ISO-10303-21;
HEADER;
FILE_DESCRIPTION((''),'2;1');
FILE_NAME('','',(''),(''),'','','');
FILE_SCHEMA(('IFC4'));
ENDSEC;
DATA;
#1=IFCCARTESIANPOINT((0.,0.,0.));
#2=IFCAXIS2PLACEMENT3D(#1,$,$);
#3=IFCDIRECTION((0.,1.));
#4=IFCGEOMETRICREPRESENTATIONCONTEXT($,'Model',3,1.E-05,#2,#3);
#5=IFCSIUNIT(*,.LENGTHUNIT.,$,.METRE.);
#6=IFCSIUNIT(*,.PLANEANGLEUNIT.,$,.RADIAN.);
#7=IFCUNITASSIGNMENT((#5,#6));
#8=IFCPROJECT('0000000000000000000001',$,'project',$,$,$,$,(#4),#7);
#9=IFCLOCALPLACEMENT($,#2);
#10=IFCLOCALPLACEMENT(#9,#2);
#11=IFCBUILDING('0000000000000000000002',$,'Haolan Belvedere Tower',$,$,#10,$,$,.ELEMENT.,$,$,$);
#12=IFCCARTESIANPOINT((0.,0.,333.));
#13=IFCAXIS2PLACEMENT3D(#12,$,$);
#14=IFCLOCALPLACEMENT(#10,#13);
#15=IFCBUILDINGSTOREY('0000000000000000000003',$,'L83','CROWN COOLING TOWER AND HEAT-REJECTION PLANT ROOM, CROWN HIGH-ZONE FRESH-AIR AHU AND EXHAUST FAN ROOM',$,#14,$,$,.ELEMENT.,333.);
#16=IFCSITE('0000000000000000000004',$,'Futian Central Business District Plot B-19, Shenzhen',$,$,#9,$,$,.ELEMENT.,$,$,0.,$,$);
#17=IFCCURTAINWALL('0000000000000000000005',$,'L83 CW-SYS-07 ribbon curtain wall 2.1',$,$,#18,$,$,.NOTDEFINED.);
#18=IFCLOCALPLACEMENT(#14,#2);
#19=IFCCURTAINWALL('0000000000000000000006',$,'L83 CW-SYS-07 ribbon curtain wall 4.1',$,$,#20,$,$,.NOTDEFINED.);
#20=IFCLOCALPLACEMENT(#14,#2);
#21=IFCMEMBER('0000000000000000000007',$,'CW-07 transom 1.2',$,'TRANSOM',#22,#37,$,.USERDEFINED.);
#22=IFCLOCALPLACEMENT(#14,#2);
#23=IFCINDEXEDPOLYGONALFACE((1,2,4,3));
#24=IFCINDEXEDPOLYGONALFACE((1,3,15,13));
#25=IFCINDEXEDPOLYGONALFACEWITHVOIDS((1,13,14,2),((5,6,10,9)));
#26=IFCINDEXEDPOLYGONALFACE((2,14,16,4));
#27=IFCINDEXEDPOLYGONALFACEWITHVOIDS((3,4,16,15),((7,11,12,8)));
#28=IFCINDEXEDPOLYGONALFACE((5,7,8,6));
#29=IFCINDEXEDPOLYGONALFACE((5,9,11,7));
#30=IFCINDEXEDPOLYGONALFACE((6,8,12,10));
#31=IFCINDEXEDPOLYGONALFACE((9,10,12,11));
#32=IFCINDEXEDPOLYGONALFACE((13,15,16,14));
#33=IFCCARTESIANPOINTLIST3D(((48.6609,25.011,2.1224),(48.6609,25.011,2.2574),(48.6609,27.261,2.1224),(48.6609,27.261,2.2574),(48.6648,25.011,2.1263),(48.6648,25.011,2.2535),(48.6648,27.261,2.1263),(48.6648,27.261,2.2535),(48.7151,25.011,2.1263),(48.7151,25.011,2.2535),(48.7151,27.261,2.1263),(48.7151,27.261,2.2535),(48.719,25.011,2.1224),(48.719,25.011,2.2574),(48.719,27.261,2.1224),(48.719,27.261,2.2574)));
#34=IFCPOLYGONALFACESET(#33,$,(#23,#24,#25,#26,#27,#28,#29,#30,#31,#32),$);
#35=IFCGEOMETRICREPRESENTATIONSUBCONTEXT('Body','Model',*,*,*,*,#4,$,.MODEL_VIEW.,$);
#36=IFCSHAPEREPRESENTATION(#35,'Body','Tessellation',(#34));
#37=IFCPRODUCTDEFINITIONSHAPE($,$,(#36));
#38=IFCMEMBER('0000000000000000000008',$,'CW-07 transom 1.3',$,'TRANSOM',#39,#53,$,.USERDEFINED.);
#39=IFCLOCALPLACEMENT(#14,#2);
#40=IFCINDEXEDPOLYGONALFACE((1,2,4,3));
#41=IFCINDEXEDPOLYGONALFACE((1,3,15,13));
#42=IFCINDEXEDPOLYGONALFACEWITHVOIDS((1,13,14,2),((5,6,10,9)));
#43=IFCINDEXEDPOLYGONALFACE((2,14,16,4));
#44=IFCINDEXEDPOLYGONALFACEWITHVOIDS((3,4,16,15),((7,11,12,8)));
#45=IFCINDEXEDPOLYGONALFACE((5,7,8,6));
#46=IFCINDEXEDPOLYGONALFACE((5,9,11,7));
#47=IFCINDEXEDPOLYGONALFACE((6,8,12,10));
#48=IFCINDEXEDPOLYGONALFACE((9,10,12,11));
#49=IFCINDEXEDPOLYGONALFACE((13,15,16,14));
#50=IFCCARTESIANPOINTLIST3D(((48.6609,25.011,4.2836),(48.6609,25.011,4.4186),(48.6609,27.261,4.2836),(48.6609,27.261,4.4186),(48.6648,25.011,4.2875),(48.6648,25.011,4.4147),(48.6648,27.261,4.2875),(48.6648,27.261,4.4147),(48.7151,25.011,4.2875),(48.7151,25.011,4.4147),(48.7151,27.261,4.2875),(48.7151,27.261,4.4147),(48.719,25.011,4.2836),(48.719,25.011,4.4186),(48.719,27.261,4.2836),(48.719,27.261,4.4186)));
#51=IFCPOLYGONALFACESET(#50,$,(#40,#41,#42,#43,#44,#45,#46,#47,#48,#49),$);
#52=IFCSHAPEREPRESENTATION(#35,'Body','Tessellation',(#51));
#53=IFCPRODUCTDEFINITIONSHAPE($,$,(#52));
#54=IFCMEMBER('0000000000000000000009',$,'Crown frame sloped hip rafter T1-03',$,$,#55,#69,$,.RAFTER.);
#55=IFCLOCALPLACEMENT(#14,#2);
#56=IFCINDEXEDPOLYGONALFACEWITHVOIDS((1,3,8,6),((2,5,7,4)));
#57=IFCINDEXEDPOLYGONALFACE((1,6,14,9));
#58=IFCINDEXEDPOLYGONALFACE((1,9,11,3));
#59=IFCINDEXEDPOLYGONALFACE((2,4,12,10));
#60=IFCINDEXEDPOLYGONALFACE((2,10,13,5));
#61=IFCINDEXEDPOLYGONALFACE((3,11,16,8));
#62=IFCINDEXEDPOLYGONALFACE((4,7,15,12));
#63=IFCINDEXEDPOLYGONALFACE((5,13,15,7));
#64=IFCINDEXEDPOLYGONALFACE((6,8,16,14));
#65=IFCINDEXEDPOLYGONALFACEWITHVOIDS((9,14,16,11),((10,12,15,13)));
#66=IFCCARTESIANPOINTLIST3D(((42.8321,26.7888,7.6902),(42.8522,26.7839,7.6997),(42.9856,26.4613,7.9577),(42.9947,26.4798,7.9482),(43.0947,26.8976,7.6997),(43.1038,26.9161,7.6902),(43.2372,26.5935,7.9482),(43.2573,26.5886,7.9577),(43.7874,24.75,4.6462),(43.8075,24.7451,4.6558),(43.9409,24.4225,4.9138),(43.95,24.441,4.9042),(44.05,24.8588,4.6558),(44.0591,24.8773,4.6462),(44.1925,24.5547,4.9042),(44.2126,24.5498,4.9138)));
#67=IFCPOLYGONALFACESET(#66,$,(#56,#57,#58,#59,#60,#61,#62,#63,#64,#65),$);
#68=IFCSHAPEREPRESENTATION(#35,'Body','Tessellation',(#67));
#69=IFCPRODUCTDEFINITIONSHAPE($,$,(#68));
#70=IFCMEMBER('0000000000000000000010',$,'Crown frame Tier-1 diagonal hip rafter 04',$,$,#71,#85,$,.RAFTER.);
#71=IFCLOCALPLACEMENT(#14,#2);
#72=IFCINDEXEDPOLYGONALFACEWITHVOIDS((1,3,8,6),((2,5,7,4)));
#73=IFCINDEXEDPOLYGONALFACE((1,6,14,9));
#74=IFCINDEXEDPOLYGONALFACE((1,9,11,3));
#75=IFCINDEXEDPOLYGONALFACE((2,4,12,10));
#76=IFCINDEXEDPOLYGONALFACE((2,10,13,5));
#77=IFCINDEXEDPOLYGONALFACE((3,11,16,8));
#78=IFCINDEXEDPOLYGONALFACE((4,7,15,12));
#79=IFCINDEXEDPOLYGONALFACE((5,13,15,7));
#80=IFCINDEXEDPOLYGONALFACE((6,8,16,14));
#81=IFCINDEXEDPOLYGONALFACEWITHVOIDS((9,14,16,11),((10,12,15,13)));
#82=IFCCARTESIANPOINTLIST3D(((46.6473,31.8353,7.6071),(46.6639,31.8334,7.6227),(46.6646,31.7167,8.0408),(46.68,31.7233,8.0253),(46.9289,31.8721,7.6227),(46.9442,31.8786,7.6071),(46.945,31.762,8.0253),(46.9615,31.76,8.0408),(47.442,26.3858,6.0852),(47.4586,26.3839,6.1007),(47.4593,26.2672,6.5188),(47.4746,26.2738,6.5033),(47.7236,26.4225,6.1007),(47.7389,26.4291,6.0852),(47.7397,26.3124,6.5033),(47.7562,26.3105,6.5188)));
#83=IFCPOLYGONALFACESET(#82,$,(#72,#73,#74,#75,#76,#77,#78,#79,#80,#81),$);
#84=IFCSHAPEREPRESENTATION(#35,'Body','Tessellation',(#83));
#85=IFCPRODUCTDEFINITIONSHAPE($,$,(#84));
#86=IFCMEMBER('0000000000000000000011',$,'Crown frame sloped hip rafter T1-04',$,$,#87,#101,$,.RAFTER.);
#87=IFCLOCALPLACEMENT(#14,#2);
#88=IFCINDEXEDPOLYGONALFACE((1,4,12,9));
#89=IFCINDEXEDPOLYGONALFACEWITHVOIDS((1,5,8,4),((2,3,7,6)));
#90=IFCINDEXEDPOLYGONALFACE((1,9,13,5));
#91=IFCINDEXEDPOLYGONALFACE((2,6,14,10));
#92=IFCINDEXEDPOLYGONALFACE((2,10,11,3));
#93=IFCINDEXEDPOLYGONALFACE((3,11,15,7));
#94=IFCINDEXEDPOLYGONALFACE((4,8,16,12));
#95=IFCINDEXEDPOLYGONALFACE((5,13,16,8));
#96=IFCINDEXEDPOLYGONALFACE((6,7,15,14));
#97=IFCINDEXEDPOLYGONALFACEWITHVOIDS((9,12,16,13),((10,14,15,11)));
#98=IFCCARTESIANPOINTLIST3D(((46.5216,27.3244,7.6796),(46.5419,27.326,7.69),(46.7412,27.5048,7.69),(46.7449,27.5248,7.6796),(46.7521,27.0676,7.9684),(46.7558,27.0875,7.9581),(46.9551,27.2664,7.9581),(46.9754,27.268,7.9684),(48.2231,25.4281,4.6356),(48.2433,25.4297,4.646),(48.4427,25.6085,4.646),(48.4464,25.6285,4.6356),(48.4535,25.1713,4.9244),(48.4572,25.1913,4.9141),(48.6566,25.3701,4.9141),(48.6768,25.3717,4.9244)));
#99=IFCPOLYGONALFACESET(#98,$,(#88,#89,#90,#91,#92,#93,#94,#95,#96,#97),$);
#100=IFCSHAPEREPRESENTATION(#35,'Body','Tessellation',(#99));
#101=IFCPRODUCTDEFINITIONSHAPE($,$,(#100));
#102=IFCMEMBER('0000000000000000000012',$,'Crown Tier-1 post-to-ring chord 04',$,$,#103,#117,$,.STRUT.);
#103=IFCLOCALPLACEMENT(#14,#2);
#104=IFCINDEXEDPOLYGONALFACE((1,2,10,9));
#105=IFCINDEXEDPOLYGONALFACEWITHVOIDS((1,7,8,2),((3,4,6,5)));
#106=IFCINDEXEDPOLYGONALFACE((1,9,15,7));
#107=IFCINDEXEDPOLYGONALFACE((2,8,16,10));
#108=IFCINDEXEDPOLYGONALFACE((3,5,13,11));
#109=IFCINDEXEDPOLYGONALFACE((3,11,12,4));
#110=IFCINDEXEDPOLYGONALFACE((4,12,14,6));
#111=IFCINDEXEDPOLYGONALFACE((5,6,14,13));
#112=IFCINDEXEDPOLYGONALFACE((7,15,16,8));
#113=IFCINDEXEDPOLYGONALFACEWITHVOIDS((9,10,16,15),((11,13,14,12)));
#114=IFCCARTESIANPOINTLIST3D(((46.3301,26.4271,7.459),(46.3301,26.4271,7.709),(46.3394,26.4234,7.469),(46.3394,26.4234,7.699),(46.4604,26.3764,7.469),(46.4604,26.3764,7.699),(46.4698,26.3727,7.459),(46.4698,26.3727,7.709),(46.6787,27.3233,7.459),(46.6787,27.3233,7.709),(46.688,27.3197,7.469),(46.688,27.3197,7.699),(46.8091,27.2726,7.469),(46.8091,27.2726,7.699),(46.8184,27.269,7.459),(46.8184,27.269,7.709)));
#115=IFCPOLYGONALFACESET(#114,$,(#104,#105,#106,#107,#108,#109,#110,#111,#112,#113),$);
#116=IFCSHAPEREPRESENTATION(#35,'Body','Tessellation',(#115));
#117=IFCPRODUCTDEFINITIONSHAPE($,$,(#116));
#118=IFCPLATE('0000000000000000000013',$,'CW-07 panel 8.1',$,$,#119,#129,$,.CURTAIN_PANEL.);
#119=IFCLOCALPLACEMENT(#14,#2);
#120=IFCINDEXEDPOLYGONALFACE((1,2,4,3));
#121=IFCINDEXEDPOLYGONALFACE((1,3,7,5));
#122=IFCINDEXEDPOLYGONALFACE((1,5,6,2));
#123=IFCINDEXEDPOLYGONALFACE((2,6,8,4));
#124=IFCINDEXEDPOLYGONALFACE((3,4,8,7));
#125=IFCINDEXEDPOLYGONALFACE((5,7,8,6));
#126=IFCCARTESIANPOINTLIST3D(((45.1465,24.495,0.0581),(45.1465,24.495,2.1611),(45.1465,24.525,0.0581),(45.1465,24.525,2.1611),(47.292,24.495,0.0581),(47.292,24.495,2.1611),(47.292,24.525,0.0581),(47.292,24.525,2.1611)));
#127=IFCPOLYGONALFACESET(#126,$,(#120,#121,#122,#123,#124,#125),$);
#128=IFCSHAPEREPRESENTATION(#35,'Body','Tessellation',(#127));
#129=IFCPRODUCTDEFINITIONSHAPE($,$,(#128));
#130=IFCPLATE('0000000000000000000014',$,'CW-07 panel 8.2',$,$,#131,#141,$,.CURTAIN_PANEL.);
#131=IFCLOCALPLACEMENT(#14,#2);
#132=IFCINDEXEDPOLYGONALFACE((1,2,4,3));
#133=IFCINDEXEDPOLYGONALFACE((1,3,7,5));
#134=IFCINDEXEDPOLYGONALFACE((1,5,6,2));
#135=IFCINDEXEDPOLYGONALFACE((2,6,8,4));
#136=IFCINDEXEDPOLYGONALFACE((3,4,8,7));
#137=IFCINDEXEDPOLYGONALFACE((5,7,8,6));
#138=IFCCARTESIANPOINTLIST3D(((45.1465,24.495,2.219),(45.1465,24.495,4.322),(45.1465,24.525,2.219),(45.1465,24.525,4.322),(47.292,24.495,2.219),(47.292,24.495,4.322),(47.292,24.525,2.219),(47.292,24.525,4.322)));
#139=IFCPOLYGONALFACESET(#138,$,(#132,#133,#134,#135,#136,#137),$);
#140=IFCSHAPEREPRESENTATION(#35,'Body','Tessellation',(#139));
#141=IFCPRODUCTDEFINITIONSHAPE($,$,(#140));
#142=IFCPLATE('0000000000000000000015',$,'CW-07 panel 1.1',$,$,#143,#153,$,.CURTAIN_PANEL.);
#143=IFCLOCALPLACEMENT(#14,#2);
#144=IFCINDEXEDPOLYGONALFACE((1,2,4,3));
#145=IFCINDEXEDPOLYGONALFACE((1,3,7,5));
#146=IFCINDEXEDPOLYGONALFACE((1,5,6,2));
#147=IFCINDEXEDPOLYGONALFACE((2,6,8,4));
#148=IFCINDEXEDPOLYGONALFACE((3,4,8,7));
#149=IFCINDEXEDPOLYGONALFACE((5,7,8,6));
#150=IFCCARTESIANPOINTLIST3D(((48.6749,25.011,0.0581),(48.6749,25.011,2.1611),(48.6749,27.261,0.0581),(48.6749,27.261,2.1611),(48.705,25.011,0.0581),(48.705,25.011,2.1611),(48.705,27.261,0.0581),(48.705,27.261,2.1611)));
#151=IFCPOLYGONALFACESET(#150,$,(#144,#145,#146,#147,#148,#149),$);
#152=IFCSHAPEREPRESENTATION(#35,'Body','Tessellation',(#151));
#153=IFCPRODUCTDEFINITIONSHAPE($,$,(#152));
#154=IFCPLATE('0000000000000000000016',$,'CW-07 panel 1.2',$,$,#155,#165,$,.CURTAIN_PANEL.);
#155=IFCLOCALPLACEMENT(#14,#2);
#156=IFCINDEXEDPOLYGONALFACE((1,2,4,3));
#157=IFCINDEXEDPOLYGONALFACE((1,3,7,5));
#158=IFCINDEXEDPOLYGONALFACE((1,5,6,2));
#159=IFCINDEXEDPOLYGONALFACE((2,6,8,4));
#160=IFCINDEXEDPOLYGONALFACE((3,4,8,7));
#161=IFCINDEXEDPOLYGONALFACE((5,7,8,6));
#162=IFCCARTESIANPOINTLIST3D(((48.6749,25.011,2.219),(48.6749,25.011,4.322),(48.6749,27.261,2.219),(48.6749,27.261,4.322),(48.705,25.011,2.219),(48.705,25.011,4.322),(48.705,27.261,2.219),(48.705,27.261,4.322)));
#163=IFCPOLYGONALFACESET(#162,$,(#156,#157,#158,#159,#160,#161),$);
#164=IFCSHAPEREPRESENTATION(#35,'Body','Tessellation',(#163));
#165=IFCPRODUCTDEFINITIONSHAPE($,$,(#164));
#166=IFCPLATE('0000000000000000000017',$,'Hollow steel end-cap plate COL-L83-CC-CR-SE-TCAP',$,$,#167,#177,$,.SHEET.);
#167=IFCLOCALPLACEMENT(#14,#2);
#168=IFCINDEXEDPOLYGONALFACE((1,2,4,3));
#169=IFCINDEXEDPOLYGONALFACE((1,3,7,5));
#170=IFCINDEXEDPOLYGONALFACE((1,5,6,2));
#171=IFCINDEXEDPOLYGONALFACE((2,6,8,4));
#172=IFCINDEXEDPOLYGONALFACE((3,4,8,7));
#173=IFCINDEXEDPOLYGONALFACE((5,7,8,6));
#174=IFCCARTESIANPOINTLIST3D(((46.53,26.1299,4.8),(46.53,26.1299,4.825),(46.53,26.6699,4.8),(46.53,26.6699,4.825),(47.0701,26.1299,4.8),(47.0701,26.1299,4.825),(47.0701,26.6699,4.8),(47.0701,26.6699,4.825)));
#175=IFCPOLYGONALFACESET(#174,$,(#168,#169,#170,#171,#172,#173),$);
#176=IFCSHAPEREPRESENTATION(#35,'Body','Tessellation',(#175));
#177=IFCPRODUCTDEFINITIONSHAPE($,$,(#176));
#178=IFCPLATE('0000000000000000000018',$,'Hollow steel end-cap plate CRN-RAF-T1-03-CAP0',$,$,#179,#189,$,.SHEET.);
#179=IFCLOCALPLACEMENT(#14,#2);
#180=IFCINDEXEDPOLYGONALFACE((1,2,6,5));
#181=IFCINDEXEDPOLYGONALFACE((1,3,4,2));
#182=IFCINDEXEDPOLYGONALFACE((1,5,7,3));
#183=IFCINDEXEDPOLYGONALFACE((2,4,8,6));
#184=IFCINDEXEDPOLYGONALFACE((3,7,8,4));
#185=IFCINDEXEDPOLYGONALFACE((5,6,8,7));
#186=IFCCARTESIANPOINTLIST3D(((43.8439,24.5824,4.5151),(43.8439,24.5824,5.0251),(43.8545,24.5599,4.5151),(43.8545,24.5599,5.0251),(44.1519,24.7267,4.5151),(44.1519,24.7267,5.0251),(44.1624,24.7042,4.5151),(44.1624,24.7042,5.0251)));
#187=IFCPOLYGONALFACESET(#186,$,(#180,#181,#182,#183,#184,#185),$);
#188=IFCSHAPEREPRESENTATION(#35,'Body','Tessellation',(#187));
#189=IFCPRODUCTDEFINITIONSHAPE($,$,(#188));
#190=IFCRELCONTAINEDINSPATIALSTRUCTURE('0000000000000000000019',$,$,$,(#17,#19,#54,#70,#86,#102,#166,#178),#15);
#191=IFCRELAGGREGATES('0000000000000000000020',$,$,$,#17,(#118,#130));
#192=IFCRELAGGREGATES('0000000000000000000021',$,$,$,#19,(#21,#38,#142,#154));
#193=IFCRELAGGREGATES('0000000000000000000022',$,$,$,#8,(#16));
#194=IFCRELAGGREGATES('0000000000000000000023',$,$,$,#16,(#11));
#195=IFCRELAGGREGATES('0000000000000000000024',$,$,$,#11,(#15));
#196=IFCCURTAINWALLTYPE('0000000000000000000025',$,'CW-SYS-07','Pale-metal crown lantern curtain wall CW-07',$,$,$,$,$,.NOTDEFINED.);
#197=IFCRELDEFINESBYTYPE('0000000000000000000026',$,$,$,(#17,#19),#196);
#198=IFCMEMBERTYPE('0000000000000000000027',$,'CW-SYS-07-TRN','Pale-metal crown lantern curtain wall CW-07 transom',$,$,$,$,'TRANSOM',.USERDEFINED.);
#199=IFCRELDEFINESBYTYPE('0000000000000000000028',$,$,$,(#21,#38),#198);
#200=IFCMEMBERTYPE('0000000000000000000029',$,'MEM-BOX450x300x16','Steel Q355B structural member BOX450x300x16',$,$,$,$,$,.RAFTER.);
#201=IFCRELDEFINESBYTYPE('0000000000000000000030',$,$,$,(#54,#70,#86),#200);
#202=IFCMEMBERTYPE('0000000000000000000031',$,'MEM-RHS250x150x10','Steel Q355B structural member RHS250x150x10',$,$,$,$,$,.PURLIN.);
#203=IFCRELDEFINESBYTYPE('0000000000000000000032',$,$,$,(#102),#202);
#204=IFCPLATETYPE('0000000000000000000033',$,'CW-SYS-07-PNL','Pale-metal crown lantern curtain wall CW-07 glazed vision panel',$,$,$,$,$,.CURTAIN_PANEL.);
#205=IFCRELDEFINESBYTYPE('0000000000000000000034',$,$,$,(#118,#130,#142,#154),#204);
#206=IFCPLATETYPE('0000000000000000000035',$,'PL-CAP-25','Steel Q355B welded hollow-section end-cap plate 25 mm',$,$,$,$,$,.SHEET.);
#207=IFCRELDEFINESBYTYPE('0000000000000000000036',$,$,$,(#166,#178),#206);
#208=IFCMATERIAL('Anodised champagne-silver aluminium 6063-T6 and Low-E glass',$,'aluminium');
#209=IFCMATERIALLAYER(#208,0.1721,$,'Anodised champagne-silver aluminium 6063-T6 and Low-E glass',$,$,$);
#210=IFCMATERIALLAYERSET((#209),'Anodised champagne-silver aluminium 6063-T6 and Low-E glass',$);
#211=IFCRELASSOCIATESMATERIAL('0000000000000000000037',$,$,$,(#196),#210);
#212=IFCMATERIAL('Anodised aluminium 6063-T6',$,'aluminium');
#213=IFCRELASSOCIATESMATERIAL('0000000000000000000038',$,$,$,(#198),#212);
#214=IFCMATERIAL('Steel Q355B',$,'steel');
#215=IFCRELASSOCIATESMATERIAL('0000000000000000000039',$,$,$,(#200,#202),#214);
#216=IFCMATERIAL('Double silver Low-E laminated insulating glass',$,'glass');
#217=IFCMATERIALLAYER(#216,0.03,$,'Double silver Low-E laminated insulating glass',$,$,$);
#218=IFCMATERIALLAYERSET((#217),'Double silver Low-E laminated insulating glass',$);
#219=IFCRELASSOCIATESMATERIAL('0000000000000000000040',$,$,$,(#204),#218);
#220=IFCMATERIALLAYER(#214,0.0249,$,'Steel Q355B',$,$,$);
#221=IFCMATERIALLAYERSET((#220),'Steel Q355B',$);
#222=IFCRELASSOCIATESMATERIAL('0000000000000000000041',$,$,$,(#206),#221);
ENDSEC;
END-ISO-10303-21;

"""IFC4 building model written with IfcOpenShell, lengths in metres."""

from ifc_helpers import new_model, si_unit, direction, frame, origin, origin_2d, place, context, subcontext, project, spatial, rectangle, hollow_rectangle, extrude, material, layer, layer_set, material_profile, profile_set, type_object, element, aggregate, save


model = new_model("IFC4")

# Units and contexts
model_context = context("Model", 3, precision=1e-05, world=origin(), true_north=direction((0.0, 1.0)))
body_context = subcontext(model_context, "Body", "Model", "MODEL_VIEW")
ifc_project = project(units=[si_unit("LENGTHUNIT", "METRE"), si_unit("PLANEANGLEUNIT", "RADIAN")], contexts=[model_context])

# Site, building, storey
site_placement = place(None, origin())
site = spatial("IfcSite", under=ifc_project, at=site_placement, Name="Futian Central Business District Plot B-19, Shenzhen", CompositionType="ELEMENT", RefElevation=0.0)
building_placement = place(site_placement, origin())
building = spatial("IfcBuilding", under=site, at=building_placement, Name="Haolan Belvedere Tower", CompositionType="ELEMENT")
storey_placement = place(building_placement, frame((0.0, 0.0, 333.0)))
storey = spatial("IfcBuildingStorey", under=building, at=storey_placement, Name="L83", Description="CROWN COOLING TOWER AND HEAT-REJECTION PLANT ROOM, CROWN HIGH-ZONE FRESH-AIR AHU AND EXHAUST FAN ROOM", CompositionType="ELEMENT", Elevation=333.0)

# Shared definitions
ifc_material_1 = material(Name="Steel Q355B", Category="steel")

# Curtain wall
ifc_material_2 = material(Name="Anodised champagne-silver aluminium 6063-T6 and Low-E glass", Category="aluminium")
ifc_layer_1 = layer(ifc_material_2, 0.1721, Name="Anodised champagne-silver aluminium 6063-T6 and Low-E glass")
ifc_layer_set_1 = layer_set([ifc_layer_1], Name="Anodised champagne-silver aluminium 6063-T6 and Low-E glass")
curtain_wall_type = type_object("IfcCurtainWallType", Name="CW-SYS-07", Description="Pale-metal crown lantern curtain wall CW-07", PredefinedType="NOTDEFINED", material=ifc_layer_set_1)
curtain_wall_1_placement = place(storey_placement, origin())
curtain_wall_1 = element("IfcCurtainWall", 1, at=curtain_wall_1_placement, inside=storey, type_object=curtain_wall_type, Name="L83 CW-SYS-07 ribbon curtain wall 2.1", PredefinedType="NOTDEFINED")
ifc_material_3 = material(Name="Anodised aluminium 6063-T6", Category="aluminium")

# Curtain wall
curtain_wall_2_placement = place(storey_placement, origin())
curtain_wall_2 = element("IfcCurtainWall", 2, at=curtain_wall_2_placement, inside=storey, type_object=curtain_wall_type, Name="L83 CW-SYS-07 ribbon curtain wall 4.1", PredefinedType="NOTDEFINED")

# Members
ifc_material_profile_1 = material_profile(ifc_material_3, hollow_rectangle(XDim=0.0581, YDim=0.135, WallThickness=0.0039, at=origin_2d()), Name="Anodised aluminium 6063-T6")
ifc_profile_set_1 = profile_set([ifc_material_profile_1], Name="Anodised aluminium 6063-T6")
member_type_1 = type_object("IfcMemberType", Name="CW-SYS-07-TRN", Description="Pale-metal crown lantern curtain wall CW-07 transom", ElementType="TRANSOM", PredefinedType="USERDEFINED", material=ifc_profile_set_1)
member_1_placement = place(storey_placement, frame((48.6899, 25.011, 2.1899), z_axis=(0.0, 1.0, 0.0), x_axis=(-1.0, 0.0, 0.0)))
member_1 = element("IfcMember", 3, at=member_1_placement, type_object=member_type_1, Name="CW-07 transom 1.2", ObjectType="TRANSOM", PredefinedType="USERDEFINED", context=body_context, shape_type="SweptSolid", body=[
    extrude(hollow_rectangle(XDim=0.0581, YDim=0.135, WallThickness=0.0039, at=origin_2d()), origin(), (0.0, 0.0, 1.0), 2.25),
])
member_2_placement = place(storey_placement, frame((48.6899, 25.011, 4.3511), z_axis=(0.0, 1.0, 0.0), x_axis=(-1.0, 0.0, 0.0)))
member_2 = element("IfcMember", 4, at=member_2_placement, type_object=member_type_1, Name="CW-07 transom 1.3", ObjectType="TRANSOM", PredefinedType="USERDEFINED", context=body_context, shape_type="SweptSolid", body=[
    extrude(hollow_rectangle(XDim=0.0581, YDim=0.135, WallThickness=0.0039, at=origin_2d()), origin(), (0.0, 0.0, 1.0), 2.25),
])

# Members
ifc_material_profile_2 = material_profile(ifc_material_1, hollow_rectangle(XDim=0.3, YDim=0.45, WallThickness=0.0161, at=origin_2d()), Name="Steel Q355B")
ifc_profile_set_2 = profile_set([ifc_material_profile_2], Name="Steel Q355B")
member_type_2 = type_object("IfcMemberType", Name="MEM-BOX450x300x16", Description="Steel Q355B structural member BOX450x300x16", PredefinedType="RAFTER", material=ifc_profile_set_2)
member_3_placement = place(storey_placement, frame((44.0, 24.6499, 4.78), z_axis=(-0.252319, 0.538492, 0.803966), x_axis=(-0.905523, -0.424298, 0.0)))
element("IfcMember", 5, at=member_3_placement, inside=storey, type_object=member_type_2, Name="Crown frame sloped hip rafter T1-03", PredefinedType="RAFTER", context=body_context, shape_type="SweptSolid", body=[
    extrude(hollow_rectangle(XDim=0.3, YDim=0.45, WallThickness=0.0161, at=origin_2d()), origin(), (0.0, 0.0, 1.0), 3.7861),
])
member_4_placement = place(storey_placement, frame((47.5991, 26.3481, 6.302), z_axis=(-0.139087, 0.95378, 0.26638), x_axis=(-0.989534, -0.144301, 0.0)))
element("IfcMember", 6, at=member_4_placement, inside=storey, type_object=member_type_2, Name="Crown frame Tier-1 diagonal hip rafter 04", PredefinedType="RAFTER", context=body_context, shape_type="SweptSolid", body=[
    extrude(hollow_rectangle(XDim=0.3, YDim=0.45, WallThickness=0.0161, at=origin_2d()), origin(), (0.0, 0.0, 1.0), 5.7136),
])
member_5_placement = place(storey_placement, frame((48.45, 25.3999, 4.78), z_axis=(-0.428633, 0.477714, 0.766853), x_axis=(-0.744308, -0.667836, 0.0)))
element("IfcMember", 7, at=member_5_placement, inside=storey, type_object=member_type_2, Name="Crown frame sloped hip rafter T1-04", PredefinedType="RAFTER", context=body_context, shape_type="SweptSolid", body=[
    extrude(hollow_rectangle(XDim=0.3, YDim=0.45, WallThickness=0.0161, at=origin_2d()), origin(), (0.0, 0.0, 1.0), 3.9695),
])
ifc_material_profile_3 = material_profile(ifc_material_1, hollow_rectangle(XDim=0.1499, YDim=0.25, WallThickness=0.01, at=origin_2d()), Name="Steel Q355B")
ifc_profile_set_3 = profile_set([ifc_material_profile_3], Name="Steel Q355B")
member_type_3 = type_object("IfcMemberType", Name="MEM-RHS250x150x10", Description="Steel Q355B structural member RHS250x150x10", PredefinedType="PURLIN", material=ifc_profile_set_3)
member_6_placement = place(storey_placement, frame((46.3999, 26.3999, 7.584), z_axis=(0.362532, 0.931971, 0.0), x_axis=(-0.931971, 0.362532, 0.0)))
element("IfcMember", 8, at=member_6_placement, inside=storey, type_object=member_type_3, Name="Crown Tier-1 post-to-ring chord 04", PredefinedType="STRUT", context=body_context, shape_type="SweptSolid", body=[
    extrude(hollow_rectangle(XDim=0.1499, YDim=0.25, WallThickness=0.01, at=origin_2d()), origin(), (0.0, 0.0, 1.0), 0.9617),
])

# Plates
ifc_material_4 = material(Name="Double silver Low-E laminated insulating glass", Category="glass")
ifc_layer_2 = layer(ifc_material_4, 0.03, Name="Double silver Low-E laminated insulating glass")
ifc_layer_set_2 = layer_set([ifc_layer_2], Name="Double silver Low-E laminated insulating glass")
plate_type_1 = type_object("IfcPlateType", Name="CW-SYS-07-PNL", Description="Pale-metal crown lantern curtain wall CW-07 glazed vision panel", PredefinedType="CURTAIN_PANEL", material=ifc_layer_set_2)
plate_1_placement = place(storey_placement, frame((46.2192, 24.51, 0.0581), z_axis=(0.0, 0.0, 1.0), x_axis=(1.0, 0.0, 0.0)))
plate_1 = element("IfcPlate", 9, at=plate_1_placement, type_object=plate_type_1, Name="CW-07 panel 8.1", PredefinedType="CURTAIN_PANEL", context=body_context, shape_type="SweptSolid", body=[
    extrude(rectangle(XDim=2.1455, YDim=0.03, at=origin_2d()), origin(), (0.0, 0.0, 1.0), 2.103),
])
plate_2_placement = place(storey_placement, frame((46.2192, 24.51, 2.219), z_axis=(0.0, 0.0, 1.0), x_axis=(1.0, 0.0, 0.0)))
plate_2 = element("IfcPlate", 10, at=plate_2_placement, type_object=plate_type_1, Name="CW-07 panel 8.2", PredefinedType="CURTAIN_PANEL", context=body_context, shape_type="SweptSolid", body=[
    extrude(rectangle(XDim=2.1455, YDim=0.03, at=origin_2d()), origin(), (0.0, 0.0, 1.0), 2.103),
])
aggregate(curtain_wall_1, [plate_1, plate_2])
plate_3_placement = place(storey_placement, frame((48.6899, 26.136, 0.0581), z_axis=(0.0, 0.0, 1.0), x_axis=(0.0, 1.0, 0.0)))
plate_3 = element("IfcPlate", 11, at=plate_3_placement, type_object=plate_type_1, Name="CW-07 panel 1.1", PredefinedType="CURTAIN_PANEL", context=body_context, shape_type="SweptSolid", body=[
    extrude(rectangle(XDim=2.25, YDim=0.03, at=origin_2d()), origin(), (0.0, 0.0, 1.0), 2.103),
])
plate_4_placement = place(storey_placement, frame((48.6899, 26.136, 2.219), z_axis=(0.0, 0.0, 1.0), x_axis=(0.0, 1.0, 0.0)))
plate_4 = element("IfcPlate", 12, at=plate_4_placement, type_object=plate_type_1, Name="CW-07 panel 1.2", PredefinedType="CURTAIN_PANEL", context=body_context, shape_type="SweptSolid", body=[
    extrude(rectangle(XDim=2.25, YDim=0.03, at=origin_2d()), origin(), (0.0, 0.0, 1.0), 2.103),
])
aggregate(curtain_wall_2, [member_1, member_2, plate_3, plate_4])

# Plates
ifc_layer_3 = layer(ifc_material_1, 0.0249, Name="Steel Q355B")
ifc_layer_set_3 = layer_set([ifc_layer_3], Name="Steel Q355B")
plate_type_2 = type_object("IfcPlateType", Name="PL-CAP-25", Description="Steel Q355B welded hollow-section end-cap plate 25 mm", PredefinedType="SHEET", material=ifc_layer_set_3)
plate_5_placement = place(storey_placement, frame((46.8, 26.3999, 4.8), z_axis=(0.0, 0.0, 1.0), x_axis=(1.0, 0.0, 0.0)))
element("IfcPlate", 13, at=plate_5_placement, inside=storey, type_object=plate_type_2, Name="Hollow steel end-cap plate COL-L83-CC-CR-SE-TCAP", PredefinedType="SHEET", context=body_context, shape_type="SweptSolid", body=[
    extrude(rectangle(XDim=0.54, YDim=0.54, at=origin_2d()), origin(), (0.0, 0.0, 1.0), 0.0249),
])
for number, where, z_axis, x_axis, name in (
    (14, (44.0032, 24.6433, 4.5151), (0.0, 0.0, 1.0), (0.90551, 0.424326, 0.0), "Hollow steel end-cap plate CRN-RAF-T1-03-CAP0"),
):
    element("IfcPlate", number, at=place(storey_placement, frame(where, z_axis=z_axis, x_axis=x_axis)), inside=storey, type_object=plate_type_2, Name=name, PredefinedType="SHEET", context=body_context, shape_type="SweptSolid", body=[
        extrude(rectangle(XDim=0.3401, YDim=0.0249, at=origin_2d()), origin(), (0.0, 0.0, 1.0), 0.51),
    ])

save(model, "model.ifc")
